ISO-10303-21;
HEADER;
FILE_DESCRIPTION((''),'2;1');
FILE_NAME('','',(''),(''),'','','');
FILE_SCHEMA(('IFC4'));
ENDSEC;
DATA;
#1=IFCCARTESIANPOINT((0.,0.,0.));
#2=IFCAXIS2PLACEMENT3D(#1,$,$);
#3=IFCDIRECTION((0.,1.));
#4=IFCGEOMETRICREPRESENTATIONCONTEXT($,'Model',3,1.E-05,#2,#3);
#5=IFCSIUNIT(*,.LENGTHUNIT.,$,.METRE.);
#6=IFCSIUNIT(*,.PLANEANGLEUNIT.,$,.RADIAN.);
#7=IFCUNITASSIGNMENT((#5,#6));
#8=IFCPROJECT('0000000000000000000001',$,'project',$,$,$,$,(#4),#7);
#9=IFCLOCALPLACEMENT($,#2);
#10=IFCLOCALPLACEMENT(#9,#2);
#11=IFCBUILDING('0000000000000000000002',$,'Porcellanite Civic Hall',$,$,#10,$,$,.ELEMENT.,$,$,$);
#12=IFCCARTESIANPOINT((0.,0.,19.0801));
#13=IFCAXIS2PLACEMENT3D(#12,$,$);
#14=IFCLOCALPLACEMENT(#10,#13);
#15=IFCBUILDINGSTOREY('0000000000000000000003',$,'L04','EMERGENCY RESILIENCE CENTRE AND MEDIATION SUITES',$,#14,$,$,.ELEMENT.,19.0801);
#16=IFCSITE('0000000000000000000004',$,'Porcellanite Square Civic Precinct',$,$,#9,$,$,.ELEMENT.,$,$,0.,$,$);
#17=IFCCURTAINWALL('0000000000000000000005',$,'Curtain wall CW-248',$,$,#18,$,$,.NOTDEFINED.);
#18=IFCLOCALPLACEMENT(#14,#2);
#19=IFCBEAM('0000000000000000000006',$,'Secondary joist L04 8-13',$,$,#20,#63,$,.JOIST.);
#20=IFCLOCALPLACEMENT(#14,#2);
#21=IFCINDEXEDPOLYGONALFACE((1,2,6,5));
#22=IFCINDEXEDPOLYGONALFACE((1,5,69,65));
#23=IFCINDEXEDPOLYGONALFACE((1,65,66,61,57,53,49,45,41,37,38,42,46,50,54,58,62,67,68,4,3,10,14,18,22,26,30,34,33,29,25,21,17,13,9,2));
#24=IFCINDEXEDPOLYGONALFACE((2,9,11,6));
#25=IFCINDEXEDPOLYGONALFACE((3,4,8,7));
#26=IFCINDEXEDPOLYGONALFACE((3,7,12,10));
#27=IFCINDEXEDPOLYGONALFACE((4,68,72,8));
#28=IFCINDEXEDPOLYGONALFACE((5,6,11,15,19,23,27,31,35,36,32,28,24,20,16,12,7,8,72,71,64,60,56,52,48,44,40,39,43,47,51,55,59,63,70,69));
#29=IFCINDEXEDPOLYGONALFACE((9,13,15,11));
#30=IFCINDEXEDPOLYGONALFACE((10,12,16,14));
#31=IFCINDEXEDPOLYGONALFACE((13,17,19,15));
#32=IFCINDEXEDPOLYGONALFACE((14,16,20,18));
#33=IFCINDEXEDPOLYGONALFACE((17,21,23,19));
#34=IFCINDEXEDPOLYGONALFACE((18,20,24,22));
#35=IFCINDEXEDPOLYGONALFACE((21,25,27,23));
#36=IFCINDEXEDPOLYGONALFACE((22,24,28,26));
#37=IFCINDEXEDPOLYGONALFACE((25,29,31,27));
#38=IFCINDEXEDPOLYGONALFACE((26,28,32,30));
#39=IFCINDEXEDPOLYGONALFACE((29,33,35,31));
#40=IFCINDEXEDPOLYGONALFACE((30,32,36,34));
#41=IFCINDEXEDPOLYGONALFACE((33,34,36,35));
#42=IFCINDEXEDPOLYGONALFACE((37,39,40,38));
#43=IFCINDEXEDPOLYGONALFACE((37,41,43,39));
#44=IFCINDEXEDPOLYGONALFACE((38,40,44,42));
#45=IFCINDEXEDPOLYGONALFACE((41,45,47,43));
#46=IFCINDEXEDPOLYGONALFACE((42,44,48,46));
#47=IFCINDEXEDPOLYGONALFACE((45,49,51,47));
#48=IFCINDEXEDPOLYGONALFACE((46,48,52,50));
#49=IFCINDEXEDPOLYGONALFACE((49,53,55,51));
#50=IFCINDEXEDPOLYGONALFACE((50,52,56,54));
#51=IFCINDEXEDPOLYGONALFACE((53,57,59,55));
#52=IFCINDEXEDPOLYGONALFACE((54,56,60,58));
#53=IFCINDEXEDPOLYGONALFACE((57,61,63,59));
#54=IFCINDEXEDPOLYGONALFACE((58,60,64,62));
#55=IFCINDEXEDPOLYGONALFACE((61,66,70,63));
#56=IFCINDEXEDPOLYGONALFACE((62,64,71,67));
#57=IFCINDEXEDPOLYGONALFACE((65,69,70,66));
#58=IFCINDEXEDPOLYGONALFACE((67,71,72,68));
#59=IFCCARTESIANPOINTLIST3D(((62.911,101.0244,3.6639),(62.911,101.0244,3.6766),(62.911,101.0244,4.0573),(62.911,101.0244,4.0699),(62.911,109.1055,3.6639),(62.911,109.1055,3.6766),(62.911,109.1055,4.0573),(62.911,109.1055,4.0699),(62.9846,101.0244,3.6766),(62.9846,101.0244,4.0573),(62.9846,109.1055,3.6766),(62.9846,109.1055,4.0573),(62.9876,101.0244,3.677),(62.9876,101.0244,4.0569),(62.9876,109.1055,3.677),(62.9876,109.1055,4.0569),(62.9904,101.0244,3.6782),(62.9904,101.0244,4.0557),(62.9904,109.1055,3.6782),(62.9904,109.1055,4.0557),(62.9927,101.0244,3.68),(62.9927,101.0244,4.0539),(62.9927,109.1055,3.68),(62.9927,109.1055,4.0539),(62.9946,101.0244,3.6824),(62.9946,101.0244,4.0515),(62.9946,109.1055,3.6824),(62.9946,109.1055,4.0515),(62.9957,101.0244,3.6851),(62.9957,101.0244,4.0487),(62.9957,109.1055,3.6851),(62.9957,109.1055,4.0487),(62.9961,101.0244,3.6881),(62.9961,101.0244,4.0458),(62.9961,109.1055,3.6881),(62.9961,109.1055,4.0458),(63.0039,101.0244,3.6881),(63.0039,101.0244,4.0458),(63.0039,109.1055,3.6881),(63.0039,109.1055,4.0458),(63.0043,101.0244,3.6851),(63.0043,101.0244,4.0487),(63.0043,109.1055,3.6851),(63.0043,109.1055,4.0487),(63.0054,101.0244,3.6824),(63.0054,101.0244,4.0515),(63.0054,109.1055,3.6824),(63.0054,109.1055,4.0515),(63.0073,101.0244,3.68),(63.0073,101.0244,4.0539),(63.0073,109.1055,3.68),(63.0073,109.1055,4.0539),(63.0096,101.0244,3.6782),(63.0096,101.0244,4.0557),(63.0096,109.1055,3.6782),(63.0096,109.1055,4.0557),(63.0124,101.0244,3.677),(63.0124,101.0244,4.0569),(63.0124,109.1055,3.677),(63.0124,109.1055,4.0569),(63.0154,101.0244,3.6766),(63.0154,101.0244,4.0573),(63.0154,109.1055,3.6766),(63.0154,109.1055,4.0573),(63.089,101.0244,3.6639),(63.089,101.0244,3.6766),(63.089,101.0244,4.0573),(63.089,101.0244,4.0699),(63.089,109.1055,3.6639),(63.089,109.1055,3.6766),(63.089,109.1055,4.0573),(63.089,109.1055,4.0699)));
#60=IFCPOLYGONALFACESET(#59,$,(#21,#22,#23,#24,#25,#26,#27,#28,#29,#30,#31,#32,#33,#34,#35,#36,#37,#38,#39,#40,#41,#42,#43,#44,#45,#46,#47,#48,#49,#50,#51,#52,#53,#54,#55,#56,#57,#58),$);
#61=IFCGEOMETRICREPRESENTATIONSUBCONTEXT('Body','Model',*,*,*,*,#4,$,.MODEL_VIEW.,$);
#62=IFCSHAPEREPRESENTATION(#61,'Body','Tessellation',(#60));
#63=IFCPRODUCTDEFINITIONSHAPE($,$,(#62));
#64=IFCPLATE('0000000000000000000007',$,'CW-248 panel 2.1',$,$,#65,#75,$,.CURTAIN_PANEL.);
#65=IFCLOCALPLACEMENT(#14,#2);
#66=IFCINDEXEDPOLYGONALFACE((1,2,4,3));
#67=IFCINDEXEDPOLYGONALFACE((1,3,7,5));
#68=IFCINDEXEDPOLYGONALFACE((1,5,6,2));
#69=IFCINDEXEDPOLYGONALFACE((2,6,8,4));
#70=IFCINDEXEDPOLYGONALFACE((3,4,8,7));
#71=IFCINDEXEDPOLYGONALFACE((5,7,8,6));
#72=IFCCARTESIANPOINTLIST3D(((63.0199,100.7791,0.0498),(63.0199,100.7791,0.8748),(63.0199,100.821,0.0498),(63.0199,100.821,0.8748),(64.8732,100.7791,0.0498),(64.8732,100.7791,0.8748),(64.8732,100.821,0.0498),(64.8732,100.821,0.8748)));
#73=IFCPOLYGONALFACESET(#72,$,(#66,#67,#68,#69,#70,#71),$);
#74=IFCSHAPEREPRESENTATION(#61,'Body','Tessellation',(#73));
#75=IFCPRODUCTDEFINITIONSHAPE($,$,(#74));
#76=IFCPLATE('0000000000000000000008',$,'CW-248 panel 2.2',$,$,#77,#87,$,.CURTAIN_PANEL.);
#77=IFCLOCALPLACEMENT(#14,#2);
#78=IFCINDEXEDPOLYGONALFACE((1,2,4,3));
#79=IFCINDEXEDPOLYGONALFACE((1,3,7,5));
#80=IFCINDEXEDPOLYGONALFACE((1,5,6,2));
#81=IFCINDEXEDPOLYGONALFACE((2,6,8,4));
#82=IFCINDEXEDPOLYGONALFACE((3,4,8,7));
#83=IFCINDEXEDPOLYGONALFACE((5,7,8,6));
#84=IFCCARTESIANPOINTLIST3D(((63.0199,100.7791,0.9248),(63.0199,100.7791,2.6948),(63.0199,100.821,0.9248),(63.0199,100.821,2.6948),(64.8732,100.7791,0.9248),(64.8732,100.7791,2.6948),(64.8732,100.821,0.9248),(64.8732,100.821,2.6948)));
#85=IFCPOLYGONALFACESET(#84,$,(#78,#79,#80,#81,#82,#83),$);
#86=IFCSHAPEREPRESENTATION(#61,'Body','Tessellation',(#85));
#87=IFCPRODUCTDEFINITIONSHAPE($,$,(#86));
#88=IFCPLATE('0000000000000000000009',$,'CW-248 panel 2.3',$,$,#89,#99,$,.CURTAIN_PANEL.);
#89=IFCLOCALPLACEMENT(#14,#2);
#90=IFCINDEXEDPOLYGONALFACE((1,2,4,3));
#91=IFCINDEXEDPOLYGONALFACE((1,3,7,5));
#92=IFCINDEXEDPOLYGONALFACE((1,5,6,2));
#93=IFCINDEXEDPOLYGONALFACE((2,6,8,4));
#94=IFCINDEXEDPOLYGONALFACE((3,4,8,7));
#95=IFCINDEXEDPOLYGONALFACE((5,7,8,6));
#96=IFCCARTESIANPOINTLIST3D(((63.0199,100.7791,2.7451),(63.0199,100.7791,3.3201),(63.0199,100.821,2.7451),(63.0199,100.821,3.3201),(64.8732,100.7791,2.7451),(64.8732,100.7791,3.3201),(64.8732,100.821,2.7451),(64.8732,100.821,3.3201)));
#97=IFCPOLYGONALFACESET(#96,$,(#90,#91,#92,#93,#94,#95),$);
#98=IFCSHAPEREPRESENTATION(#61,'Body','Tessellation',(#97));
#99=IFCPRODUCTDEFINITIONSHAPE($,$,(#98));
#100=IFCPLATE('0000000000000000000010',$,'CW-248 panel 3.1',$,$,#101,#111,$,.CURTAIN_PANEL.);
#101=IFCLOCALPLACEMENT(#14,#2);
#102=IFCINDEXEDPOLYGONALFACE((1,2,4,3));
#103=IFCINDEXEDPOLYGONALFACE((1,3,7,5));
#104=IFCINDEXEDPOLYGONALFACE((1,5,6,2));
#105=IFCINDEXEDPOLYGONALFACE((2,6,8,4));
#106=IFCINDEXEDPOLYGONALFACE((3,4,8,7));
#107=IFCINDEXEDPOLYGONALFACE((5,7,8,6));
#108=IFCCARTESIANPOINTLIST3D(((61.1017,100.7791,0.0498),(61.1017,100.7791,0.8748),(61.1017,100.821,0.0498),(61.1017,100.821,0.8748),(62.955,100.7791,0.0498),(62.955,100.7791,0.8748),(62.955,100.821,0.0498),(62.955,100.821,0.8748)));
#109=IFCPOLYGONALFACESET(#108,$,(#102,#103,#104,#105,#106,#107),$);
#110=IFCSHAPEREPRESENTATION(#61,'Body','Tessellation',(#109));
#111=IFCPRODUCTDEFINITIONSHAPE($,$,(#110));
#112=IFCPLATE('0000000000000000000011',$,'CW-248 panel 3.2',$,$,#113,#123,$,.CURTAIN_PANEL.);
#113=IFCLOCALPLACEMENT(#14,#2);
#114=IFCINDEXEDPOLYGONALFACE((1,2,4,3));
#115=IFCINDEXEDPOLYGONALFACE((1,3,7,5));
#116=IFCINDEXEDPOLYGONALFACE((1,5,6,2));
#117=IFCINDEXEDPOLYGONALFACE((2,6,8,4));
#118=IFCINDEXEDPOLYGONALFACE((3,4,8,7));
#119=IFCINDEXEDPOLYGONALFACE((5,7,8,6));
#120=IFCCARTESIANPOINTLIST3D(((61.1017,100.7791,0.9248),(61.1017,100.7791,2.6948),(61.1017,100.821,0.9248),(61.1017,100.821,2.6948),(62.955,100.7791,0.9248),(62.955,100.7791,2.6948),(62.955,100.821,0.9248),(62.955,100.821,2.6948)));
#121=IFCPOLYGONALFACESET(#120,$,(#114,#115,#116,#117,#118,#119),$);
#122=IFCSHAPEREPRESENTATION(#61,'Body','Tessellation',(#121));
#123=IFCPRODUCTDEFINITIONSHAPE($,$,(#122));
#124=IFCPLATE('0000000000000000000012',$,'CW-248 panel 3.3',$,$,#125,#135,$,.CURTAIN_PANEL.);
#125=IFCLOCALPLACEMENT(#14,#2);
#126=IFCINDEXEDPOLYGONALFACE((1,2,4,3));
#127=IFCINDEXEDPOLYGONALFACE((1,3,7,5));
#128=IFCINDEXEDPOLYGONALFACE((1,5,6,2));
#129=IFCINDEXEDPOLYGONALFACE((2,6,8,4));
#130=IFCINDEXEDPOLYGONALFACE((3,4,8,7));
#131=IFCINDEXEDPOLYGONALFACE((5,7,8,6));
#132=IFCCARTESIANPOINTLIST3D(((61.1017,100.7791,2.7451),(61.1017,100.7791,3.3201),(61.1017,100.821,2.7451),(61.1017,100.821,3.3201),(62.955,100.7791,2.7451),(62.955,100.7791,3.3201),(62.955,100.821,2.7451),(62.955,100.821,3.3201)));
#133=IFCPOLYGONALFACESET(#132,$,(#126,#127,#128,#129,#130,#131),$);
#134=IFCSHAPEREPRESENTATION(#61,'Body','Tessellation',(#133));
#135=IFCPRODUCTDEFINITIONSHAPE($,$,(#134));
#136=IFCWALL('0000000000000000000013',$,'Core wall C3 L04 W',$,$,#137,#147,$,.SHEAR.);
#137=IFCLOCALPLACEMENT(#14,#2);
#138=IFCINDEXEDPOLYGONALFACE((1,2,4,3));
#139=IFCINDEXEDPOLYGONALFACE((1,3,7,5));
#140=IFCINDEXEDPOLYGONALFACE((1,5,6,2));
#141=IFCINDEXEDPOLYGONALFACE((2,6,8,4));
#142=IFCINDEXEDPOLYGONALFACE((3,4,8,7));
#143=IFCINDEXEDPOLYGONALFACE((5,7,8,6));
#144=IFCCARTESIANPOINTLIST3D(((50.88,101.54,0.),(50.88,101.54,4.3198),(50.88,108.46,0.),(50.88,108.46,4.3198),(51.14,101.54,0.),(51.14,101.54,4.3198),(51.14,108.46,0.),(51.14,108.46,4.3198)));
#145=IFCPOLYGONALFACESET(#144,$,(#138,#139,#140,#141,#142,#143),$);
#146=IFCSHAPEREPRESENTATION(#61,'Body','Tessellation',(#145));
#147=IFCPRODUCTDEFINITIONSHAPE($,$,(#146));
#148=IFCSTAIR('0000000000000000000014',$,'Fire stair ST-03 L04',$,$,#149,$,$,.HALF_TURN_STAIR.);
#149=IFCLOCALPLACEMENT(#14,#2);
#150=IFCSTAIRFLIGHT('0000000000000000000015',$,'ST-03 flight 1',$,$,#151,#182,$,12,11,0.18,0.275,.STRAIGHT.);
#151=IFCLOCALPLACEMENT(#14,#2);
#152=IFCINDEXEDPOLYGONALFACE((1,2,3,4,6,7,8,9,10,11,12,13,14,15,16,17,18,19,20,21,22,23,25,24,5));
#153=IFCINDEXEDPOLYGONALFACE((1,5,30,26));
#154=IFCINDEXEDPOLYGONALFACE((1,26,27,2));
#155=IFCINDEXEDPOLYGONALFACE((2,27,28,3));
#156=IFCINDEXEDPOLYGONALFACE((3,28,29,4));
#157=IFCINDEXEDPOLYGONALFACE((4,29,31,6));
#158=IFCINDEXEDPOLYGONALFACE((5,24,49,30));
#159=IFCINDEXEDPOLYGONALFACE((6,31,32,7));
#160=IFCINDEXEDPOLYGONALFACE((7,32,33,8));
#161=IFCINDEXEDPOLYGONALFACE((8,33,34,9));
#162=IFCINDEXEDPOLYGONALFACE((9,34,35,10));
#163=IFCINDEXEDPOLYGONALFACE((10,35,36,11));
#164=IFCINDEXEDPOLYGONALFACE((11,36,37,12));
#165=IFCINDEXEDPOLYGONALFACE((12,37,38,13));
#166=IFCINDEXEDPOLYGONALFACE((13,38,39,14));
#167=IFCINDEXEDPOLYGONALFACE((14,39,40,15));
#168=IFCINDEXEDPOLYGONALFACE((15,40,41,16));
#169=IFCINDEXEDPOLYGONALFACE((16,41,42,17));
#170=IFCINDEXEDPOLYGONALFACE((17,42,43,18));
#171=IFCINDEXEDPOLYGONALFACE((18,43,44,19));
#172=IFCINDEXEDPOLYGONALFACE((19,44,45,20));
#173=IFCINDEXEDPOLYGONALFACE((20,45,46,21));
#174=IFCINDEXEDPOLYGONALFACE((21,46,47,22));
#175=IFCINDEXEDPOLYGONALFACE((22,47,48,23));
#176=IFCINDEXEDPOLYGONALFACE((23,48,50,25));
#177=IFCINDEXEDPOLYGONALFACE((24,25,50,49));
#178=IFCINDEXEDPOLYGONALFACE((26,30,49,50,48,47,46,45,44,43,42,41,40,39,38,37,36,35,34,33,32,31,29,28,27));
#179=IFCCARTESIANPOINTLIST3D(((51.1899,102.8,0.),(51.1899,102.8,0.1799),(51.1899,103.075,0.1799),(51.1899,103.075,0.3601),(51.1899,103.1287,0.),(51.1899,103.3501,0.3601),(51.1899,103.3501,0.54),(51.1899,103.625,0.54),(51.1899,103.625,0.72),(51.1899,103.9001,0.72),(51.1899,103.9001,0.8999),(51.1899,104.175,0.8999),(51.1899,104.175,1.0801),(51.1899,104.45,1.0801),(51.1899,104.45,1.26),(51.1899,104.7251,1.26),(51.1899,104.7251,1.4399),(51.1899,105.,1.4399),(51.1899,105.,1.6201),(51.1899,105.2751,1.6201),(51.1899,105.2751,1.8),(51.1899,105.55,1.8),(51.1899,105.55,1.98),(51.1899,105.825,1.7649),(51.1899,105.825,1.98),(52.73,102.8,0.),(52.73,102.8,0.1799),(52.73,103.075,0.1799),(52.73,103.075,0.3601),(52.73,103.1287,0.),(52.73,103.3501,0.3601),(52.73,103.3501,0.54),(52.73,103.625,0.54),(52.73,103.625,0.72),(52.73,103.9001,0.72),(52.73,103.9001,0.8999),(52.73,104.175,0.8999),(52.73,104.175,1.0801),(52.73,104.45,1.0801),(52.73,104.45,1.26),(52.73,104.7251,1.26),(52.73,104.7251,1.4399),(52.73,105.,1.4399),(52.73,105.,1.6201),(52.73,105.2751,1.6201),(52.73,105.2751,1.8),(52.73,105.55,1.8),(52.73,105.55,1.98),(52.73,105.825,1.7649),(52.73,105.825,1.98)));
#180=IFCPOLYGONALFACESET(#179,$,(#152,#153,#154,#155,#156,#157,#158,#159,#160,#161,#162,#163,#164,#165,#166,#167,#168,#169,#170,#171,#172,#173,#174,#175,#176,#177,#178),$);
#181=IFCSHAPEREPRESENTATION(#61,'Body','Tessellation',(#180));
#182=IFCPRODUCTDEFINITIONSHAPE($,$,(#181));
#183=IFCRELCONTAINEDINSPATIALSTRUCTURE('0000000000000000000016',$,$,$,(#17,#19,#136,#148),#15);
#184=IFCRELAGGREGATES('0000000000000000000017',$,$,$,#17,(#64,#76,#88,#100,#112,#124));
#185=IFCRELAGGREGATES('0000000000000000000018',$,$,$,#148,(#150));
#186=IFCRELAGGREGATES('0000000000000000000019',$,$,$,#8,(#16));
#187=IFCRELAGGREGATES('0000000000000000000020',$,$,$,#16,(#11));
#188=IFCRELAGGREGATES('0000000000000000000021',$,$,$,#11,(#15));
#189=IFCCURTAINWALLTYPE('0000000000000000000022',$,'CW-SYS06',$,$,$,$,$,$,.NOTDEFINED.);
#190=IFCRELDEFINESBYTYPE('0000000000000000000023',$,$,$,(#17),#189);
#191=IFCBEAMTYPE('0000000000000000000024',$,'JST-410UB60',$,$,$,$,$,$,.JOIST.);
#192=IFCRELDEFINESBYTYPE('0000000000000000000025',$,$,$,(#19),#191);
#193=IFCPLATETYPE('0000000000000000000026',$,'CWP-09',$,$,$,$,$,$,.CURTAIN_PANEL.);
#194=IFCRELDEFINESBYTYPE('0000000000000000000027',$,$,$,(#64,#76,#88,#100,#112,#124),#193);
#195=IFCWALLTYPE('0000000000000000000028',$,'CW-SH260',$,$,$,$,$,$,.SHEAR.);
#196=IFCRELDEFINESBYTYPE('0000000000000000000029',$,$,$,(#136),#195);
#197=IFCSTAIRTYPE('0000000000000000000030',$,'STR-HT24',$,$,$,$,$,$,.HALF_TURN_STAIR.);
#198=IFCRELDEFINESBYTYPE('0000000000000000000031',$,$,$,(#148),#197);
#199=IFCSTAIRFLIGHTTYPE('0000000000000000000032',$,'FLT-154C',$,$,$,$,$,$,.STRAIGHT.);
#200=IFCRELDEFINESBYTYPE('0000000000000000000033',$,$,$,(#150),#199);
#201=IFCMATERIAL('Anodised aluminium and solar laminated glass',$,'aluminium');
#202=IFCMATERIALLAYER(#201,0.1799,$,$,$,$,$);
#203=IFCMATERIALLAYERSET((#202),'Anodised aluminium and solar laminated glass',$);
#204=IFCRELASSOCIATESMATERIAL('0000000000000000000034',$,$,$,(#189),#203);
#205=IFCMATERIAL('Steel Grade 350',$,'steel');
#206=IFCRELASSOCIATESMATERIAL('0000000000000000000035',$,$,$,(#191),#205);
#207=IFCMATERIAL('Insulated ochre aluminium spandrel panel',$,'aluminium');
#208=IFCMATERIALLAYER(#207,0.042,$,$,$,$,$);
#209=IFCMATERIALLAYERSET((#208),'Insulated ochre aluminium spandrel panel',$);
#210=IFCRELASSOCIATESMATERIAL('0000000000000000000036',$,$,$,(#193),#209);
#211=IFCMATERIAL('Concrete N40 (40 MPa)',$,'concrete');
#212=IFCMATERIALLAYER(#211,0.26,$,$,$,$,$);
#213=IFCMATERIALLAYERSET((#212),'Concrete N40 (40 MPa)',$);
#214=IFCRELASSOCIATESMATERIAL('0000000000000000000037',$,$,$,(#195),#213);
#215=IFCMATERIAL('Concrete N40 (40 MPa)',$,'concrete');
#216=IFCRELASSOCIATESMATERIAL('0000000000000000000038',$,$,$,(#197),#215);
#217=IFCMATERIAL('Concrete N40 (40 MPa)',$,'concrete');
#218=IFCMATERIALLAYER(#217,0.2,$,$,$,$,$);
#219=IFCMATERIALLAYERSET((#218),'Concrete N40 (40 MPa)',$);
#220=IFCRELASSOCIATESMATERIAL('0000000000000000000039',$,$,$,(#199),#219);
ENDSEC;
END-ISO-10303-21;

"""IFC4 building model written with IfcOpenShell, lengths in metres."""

from ifc_helpers import new_model, si_unit, direction, frame, frame_2d, origin, origin_2d, place, context, subcontext, project, spatial, polyline, rectangle, i_section, outline, extrude, material, layer, layer_set, material_profile, profile_set, type_object, element, aggregate, save


model = new_model("IFC4")

# Units and contexts
model_context = context("Model", 3, precision=1e-05, world=origin(), true_north=direction((0.0, 1.0)))
body_context = subcontext(model_context, "Body", "Model", "MODEL_VIEW")
ifc_project = project(units=[si_unit("LENGTHUNIT", "METRE"), si_unit("PLANEANGLEUNIT", "RADIAN")], contexts=[model_context])

# Site, building, storey
site_placement = place(None, origin())
site = spatial("IfcSite", under=ifc_project, at=site_placement, Name="Porcellanite Square Civic Precinct", CompositionType="ELEMENT", RefElevation=0.0)
building_placement = place(site_placement, origin())
building = spatial("IfcBuilding", under=site, at=building_placement, Name="Porcellanite Civic Hall", CompositionType="ELEMENT")
storey_placement = place(building_placement, frame((0.0, 0.0, 19.0801)))
storey = spatial("IfcBuildingStorey", under=building, at=storey_placement, Name="L04", Description="EMERGENCY RESILIENCE CENTRE AND MEDIATION SUITES", CompositionType="ELEMENT", Elevation=19.0801)

# Curtain wall
ifc_material_1 = material(Name="Anodised aluminium and solar laminated glass", Category="aluminium")
ifc_layer_1 = layer(ifc_material_1, 0.1799)
ifc_layer_set_1 = layer_set([ifc_layer_1], Name="Anodised aluminium and solar laminated glass")
curtain_wall_type = type_object("IfcCurtainWallType", Name="CW-SYS06", PredefinedType="NOTDEFINED", material=ifc_layer_set_1)
curtain_wall_placement = place(storey_placement, origin())
curtain_wall = element("IfcCurtainWall", 1, at=curtain_wall_placement, inside=storey, type_object=curtain_wall_type, Name="Curtain wall CW-248", PredefinedType="NOTDEFINED")

# Beam
ifc_material_2 = material(Name="Steel Grade 350", Category="steel")
ifc_material_profile_1 = material_profile(ifc_material_2, i_section(OverallWidth=0.178, OverallDepth=0.406, WebThickness=0.0078, FlangeThickness=0.0127, FilletRadius=0.0115, at=origin_2d()), Name="410UB59.7")
ifc_profile_set_1 = profile_set([ifc_material_profile_1], Name="Steel Grade 350")
beam_type_1 = type_object("IfcBeamType", Name="JST-410UB60", PredefinedType="JOIST", material=ifc_profile_set_1)
beam_1_placement = place(storey_placement, frame((63.0, 101.0244, 3.8669), z_axis=(0.0, 1.0, 0.0), x_axis=(-1.0, 0.0, 0.0)))
element("IfcBeam", 2, at=beam_1_placement, inside=storey, type_object=beam_type_1, Name="Secondary joist L04 8-13", PredefinedType="JOIST", context=body_context, shape_type="SweptSolid", body=[
    extrude(i_section(OverallWidth=0.178, OverallDepth=0.406, WebThickness=0.0078, FlangeThickness=0.0127, FilletRadius=0.0115, at=origin_2d()), origin(), (0.0, 0.0, 1.0), 8.0811),
])

# Plates
ifc_material_3 = material(Name="Insulated ochre aluminium spandrel panel", Category="aluminium")
ifc_layer_2 = layer(ifc_material_3, 0.042)
ifc_layer_set_2 = layer_set([ifc_layer_2], Name="Insulated ochre aluminium spandrel panel")
plate_type = type_object("IfcPlateType", Name="CWP-09", PredefinedType="CURTAIN_PANEL", material=ifc_layer_set_2)
plate_1_placement = place(storey_placement, frame((63.9465, 100.8, 0.0498), z_axis=(0.0, 0.0, 1.0), x_axis=(-1.0, 0.0, 0.0)))
plate_1 = element("IfcPlate", 3, at=plate_1_placement, type_object=plate_type, Name="CW-248 panel 2.1", PredefinedType="CURTAIN_PANEL", context=body_context, shape_type="SweptSolid", body=[
    extrude(rectangle(XDim=1.8533, YDim=0.042, at=origin_2d()), origin(), (0.0, 0.0, 1.0), 0.825),
])
plate_2_placement = place(storey_placement, frame((63.9465, 100.8, 0.9248), z_axis=(0.0, 0.0, 1.0), x_axis=(-1.0, 0.0, 0.0)))
plate_2 = element("IfcPlate", 4, at=plate_2_placement, type_object=plate_type, Name="CW-248 panel 2.2", PredefinedType="CURTAIN_PANEL", context=body_context, shape_type="SweptSolid", body=[
    extrude(rectangle(XDim=1.8533, YDim=0.042, at=origin_2d()), origin(), (0.0, 0.0, 1.0), 1.77),
])
plate_3_placement = place(storey_placement, frame((63.9465, 100.8, 2.7451), z_axis=(0.0, 0.0, 1.0), x_axis=(-1.0, 0.0, 0.0)))
plate_3 = element("IfcPlate", 5, at=plate_3_placement, type_object=plate_type, Name="CW-248 panel 2.3", PredefinedType="CURTAIN_PANEL", context=body_context, shape_type="SweptSolid", body=[
    extrude(rectangle(XDim=1.8533, YDim=0.042, at=origin_2d()), origin(), (0.0, 0.0, 1.0), 0.575),
])
plate_4_placement = place(storey_placement, frame((62.0283, 100.8, 0.0498), z_axis=(0.0, 0.0, 1.0), x_axis=(-1.0, 0.0, 0.0)))
plate_4 = element("IfcPlate", 6, at=plate_4_placement, type_object=plate_type, Name="CW-248 panel 3.1", PredefinedType="CURTAIN_PANEL", context=body_context, shape_type="SweptSolid", body=[
    extrude(rectangle(XDim=1.8533, YDim=0.042, at=origin_2d()), origin(), (0.0, 0.0, 1.0), 0.825),
])
plate_5_placement = place(storey_placement, frame((62.0283, 100.8, 0.9248), z_axis=(0.0, 0.0, 1.0), x_axis=(-1.0, 0.0, 0.0)))
plate_5 = element("IfcPlate", 7, at=plate_5_placement, type_object=plate_type, Name="CW-248 panel 3.2", PredefinedType="CURTAIN_PANEL", context=body_context, shape_type="SweptSolid", body=[
    extrude(rectangle(XDim=1.8533, YDim=0.042, at=origin_2d()), origin(), (0.0, 0.0, 1.0), 1.77),
])
plate_6_placement = place(storey_placement, frame((62.0283, 100.8, 2.7451), z_axis=(0.0, 0.0, 1.0), x_axis=(-1.0, 0.0, 0.0)))
plate_6 = element("IfcPlate", 8, at=plate_6_placement, type_object=plate_type, Name="CW-248 panel 3.3", PredefinedType="CURTAIN_PANEL", context=body_context, shape_type="SweptSolid", body=[
    extrude(rectangle(XDim=1.8533, YDim=0.042, at=origin_2d()), origin(), (0.0, 0.0, 1.0), 0.575),
])
aggregate(curtain_wall, [plate_1, plate_2, plate_3, plate_4, plate_5, plate_6])

# Shared definitions
ifc_material_4 = material(Name="Concrete N40 (40 MPa)", Category="concrete")
ifc_layer_3 = layer(ifc_material_4, 0.26)
ifc_layer_set_3 = layer_set([ifc_layer_3], Name="Concrete N40 (40 MPa)")
wall_type_1 = type_object("IfcWallType", Name="CW-SH260", PredefinedType="SHEAR", material=ifc_layer_set_3)

# Wall
wall_1_placement = place(storey_placement, frame((51.01, 101.54, 0.0), z_axis=(0.0, 0.0, 1.0), x_axis=(0.0, 1.0, 0.0)))
element("IfcWall", 9, at=wall_1_placement, inside=storey, type_object=wall_type_1, Name="Core wall C3 L04 W", PredefinedType="SHEAR", context=body_context, shape_type="SweptSolid", body=[
    extrude(rectangle(XDim=6.9199, YDim=0.26, at=frame_2d((3.46, 0.0))), origin(), (0.0, 0.0, 1.0), 4.3198),
])

# Stair, stair flight
ifc_material_5 = material(Name="Concrete N40 (40 MPa)", Category="concrete")
stair_type = type_object("IfcStairType", Name="STR-HT24", PredefinedType="HALF_TURN_STAIR", material=ifc_material_5)
stair_placement = place(storey_placement, origin())
stair = element("IfcStair", 10, at=stair_placement, inside=storey, type_object=stair_type, Name="Fire stair ST-03 L04", PredefinedType="HALF_TURN_STAIR")
ifc_material_6 = material(Name="Concrete N40 (40 MPa)", Category="concrete")
ifc_layer_4 = layer(ifc_material_6, 0.2)
ifc_layer_set_4 = layer_set([ifc_layer_4], Name="Concrete N40 (40 MPa)")
stair_flight_type = type_object("IfcStairFlightType", Name="FLT-154C", PredefinedType="STRAIGHT", material=ifc_layer_set_4)
stair_flight_1_placement = place(storey_placement, frame((51.96, 102.8, 0.0), z_axis=(0.0, 0.0, 1.0), x_axis=(0.0, 1.0, 0.0)))
stair_flight_1 = element("IfcStairFlight", 11, at=stair_flight_1_placement, type_object=stair_flight_type, Name="ST-03 flight 1", NumberOfRisers=12, NumberOfTreads=11, PredefinedType="STRAIGHT", RiserHeight=0.18, TreadLength=0.275, context=body_context, shape_type="SweptSolid", body=[
    extrude(outline(polyline([(0.0, 0.0), (0.0, 0.1799), (0.2749, 0.1799), (0.2749, 0.3601), (0.55, 0.3601), (0.55, 0.54), (0.825, 0.54), (0.825, 0.72), (1.1001, 0.72), (1.1001, 0.8999), (1.375, 0.8999), (1.375, 1.0801), (1.6499, 1.0801), (1.6499, 1.26), (1.925, 1.26), (1.925, 1.4399), (2.2, 1.4399), (2.2, 1.6201), (2.4751, 1.6201), (2.4751, 1.8), (2.75, 1.8), (2.75, 1.98), (3.0249, 1.98), (3.0249, 2.1599), (3.0249, 1.7649), (0.3286, 0.0), (0.0, 0.0)])), frame((0.0, 0.77, 0.0), z_axis=(0.0, -1.0, 0.0), x_axis=(1.0, 0.0, 0.0)), (0.0, 0.0, 1.0), 1.54),
])
aggregate(stair, [stair_flight_1])

save(model, "model.ifc")
